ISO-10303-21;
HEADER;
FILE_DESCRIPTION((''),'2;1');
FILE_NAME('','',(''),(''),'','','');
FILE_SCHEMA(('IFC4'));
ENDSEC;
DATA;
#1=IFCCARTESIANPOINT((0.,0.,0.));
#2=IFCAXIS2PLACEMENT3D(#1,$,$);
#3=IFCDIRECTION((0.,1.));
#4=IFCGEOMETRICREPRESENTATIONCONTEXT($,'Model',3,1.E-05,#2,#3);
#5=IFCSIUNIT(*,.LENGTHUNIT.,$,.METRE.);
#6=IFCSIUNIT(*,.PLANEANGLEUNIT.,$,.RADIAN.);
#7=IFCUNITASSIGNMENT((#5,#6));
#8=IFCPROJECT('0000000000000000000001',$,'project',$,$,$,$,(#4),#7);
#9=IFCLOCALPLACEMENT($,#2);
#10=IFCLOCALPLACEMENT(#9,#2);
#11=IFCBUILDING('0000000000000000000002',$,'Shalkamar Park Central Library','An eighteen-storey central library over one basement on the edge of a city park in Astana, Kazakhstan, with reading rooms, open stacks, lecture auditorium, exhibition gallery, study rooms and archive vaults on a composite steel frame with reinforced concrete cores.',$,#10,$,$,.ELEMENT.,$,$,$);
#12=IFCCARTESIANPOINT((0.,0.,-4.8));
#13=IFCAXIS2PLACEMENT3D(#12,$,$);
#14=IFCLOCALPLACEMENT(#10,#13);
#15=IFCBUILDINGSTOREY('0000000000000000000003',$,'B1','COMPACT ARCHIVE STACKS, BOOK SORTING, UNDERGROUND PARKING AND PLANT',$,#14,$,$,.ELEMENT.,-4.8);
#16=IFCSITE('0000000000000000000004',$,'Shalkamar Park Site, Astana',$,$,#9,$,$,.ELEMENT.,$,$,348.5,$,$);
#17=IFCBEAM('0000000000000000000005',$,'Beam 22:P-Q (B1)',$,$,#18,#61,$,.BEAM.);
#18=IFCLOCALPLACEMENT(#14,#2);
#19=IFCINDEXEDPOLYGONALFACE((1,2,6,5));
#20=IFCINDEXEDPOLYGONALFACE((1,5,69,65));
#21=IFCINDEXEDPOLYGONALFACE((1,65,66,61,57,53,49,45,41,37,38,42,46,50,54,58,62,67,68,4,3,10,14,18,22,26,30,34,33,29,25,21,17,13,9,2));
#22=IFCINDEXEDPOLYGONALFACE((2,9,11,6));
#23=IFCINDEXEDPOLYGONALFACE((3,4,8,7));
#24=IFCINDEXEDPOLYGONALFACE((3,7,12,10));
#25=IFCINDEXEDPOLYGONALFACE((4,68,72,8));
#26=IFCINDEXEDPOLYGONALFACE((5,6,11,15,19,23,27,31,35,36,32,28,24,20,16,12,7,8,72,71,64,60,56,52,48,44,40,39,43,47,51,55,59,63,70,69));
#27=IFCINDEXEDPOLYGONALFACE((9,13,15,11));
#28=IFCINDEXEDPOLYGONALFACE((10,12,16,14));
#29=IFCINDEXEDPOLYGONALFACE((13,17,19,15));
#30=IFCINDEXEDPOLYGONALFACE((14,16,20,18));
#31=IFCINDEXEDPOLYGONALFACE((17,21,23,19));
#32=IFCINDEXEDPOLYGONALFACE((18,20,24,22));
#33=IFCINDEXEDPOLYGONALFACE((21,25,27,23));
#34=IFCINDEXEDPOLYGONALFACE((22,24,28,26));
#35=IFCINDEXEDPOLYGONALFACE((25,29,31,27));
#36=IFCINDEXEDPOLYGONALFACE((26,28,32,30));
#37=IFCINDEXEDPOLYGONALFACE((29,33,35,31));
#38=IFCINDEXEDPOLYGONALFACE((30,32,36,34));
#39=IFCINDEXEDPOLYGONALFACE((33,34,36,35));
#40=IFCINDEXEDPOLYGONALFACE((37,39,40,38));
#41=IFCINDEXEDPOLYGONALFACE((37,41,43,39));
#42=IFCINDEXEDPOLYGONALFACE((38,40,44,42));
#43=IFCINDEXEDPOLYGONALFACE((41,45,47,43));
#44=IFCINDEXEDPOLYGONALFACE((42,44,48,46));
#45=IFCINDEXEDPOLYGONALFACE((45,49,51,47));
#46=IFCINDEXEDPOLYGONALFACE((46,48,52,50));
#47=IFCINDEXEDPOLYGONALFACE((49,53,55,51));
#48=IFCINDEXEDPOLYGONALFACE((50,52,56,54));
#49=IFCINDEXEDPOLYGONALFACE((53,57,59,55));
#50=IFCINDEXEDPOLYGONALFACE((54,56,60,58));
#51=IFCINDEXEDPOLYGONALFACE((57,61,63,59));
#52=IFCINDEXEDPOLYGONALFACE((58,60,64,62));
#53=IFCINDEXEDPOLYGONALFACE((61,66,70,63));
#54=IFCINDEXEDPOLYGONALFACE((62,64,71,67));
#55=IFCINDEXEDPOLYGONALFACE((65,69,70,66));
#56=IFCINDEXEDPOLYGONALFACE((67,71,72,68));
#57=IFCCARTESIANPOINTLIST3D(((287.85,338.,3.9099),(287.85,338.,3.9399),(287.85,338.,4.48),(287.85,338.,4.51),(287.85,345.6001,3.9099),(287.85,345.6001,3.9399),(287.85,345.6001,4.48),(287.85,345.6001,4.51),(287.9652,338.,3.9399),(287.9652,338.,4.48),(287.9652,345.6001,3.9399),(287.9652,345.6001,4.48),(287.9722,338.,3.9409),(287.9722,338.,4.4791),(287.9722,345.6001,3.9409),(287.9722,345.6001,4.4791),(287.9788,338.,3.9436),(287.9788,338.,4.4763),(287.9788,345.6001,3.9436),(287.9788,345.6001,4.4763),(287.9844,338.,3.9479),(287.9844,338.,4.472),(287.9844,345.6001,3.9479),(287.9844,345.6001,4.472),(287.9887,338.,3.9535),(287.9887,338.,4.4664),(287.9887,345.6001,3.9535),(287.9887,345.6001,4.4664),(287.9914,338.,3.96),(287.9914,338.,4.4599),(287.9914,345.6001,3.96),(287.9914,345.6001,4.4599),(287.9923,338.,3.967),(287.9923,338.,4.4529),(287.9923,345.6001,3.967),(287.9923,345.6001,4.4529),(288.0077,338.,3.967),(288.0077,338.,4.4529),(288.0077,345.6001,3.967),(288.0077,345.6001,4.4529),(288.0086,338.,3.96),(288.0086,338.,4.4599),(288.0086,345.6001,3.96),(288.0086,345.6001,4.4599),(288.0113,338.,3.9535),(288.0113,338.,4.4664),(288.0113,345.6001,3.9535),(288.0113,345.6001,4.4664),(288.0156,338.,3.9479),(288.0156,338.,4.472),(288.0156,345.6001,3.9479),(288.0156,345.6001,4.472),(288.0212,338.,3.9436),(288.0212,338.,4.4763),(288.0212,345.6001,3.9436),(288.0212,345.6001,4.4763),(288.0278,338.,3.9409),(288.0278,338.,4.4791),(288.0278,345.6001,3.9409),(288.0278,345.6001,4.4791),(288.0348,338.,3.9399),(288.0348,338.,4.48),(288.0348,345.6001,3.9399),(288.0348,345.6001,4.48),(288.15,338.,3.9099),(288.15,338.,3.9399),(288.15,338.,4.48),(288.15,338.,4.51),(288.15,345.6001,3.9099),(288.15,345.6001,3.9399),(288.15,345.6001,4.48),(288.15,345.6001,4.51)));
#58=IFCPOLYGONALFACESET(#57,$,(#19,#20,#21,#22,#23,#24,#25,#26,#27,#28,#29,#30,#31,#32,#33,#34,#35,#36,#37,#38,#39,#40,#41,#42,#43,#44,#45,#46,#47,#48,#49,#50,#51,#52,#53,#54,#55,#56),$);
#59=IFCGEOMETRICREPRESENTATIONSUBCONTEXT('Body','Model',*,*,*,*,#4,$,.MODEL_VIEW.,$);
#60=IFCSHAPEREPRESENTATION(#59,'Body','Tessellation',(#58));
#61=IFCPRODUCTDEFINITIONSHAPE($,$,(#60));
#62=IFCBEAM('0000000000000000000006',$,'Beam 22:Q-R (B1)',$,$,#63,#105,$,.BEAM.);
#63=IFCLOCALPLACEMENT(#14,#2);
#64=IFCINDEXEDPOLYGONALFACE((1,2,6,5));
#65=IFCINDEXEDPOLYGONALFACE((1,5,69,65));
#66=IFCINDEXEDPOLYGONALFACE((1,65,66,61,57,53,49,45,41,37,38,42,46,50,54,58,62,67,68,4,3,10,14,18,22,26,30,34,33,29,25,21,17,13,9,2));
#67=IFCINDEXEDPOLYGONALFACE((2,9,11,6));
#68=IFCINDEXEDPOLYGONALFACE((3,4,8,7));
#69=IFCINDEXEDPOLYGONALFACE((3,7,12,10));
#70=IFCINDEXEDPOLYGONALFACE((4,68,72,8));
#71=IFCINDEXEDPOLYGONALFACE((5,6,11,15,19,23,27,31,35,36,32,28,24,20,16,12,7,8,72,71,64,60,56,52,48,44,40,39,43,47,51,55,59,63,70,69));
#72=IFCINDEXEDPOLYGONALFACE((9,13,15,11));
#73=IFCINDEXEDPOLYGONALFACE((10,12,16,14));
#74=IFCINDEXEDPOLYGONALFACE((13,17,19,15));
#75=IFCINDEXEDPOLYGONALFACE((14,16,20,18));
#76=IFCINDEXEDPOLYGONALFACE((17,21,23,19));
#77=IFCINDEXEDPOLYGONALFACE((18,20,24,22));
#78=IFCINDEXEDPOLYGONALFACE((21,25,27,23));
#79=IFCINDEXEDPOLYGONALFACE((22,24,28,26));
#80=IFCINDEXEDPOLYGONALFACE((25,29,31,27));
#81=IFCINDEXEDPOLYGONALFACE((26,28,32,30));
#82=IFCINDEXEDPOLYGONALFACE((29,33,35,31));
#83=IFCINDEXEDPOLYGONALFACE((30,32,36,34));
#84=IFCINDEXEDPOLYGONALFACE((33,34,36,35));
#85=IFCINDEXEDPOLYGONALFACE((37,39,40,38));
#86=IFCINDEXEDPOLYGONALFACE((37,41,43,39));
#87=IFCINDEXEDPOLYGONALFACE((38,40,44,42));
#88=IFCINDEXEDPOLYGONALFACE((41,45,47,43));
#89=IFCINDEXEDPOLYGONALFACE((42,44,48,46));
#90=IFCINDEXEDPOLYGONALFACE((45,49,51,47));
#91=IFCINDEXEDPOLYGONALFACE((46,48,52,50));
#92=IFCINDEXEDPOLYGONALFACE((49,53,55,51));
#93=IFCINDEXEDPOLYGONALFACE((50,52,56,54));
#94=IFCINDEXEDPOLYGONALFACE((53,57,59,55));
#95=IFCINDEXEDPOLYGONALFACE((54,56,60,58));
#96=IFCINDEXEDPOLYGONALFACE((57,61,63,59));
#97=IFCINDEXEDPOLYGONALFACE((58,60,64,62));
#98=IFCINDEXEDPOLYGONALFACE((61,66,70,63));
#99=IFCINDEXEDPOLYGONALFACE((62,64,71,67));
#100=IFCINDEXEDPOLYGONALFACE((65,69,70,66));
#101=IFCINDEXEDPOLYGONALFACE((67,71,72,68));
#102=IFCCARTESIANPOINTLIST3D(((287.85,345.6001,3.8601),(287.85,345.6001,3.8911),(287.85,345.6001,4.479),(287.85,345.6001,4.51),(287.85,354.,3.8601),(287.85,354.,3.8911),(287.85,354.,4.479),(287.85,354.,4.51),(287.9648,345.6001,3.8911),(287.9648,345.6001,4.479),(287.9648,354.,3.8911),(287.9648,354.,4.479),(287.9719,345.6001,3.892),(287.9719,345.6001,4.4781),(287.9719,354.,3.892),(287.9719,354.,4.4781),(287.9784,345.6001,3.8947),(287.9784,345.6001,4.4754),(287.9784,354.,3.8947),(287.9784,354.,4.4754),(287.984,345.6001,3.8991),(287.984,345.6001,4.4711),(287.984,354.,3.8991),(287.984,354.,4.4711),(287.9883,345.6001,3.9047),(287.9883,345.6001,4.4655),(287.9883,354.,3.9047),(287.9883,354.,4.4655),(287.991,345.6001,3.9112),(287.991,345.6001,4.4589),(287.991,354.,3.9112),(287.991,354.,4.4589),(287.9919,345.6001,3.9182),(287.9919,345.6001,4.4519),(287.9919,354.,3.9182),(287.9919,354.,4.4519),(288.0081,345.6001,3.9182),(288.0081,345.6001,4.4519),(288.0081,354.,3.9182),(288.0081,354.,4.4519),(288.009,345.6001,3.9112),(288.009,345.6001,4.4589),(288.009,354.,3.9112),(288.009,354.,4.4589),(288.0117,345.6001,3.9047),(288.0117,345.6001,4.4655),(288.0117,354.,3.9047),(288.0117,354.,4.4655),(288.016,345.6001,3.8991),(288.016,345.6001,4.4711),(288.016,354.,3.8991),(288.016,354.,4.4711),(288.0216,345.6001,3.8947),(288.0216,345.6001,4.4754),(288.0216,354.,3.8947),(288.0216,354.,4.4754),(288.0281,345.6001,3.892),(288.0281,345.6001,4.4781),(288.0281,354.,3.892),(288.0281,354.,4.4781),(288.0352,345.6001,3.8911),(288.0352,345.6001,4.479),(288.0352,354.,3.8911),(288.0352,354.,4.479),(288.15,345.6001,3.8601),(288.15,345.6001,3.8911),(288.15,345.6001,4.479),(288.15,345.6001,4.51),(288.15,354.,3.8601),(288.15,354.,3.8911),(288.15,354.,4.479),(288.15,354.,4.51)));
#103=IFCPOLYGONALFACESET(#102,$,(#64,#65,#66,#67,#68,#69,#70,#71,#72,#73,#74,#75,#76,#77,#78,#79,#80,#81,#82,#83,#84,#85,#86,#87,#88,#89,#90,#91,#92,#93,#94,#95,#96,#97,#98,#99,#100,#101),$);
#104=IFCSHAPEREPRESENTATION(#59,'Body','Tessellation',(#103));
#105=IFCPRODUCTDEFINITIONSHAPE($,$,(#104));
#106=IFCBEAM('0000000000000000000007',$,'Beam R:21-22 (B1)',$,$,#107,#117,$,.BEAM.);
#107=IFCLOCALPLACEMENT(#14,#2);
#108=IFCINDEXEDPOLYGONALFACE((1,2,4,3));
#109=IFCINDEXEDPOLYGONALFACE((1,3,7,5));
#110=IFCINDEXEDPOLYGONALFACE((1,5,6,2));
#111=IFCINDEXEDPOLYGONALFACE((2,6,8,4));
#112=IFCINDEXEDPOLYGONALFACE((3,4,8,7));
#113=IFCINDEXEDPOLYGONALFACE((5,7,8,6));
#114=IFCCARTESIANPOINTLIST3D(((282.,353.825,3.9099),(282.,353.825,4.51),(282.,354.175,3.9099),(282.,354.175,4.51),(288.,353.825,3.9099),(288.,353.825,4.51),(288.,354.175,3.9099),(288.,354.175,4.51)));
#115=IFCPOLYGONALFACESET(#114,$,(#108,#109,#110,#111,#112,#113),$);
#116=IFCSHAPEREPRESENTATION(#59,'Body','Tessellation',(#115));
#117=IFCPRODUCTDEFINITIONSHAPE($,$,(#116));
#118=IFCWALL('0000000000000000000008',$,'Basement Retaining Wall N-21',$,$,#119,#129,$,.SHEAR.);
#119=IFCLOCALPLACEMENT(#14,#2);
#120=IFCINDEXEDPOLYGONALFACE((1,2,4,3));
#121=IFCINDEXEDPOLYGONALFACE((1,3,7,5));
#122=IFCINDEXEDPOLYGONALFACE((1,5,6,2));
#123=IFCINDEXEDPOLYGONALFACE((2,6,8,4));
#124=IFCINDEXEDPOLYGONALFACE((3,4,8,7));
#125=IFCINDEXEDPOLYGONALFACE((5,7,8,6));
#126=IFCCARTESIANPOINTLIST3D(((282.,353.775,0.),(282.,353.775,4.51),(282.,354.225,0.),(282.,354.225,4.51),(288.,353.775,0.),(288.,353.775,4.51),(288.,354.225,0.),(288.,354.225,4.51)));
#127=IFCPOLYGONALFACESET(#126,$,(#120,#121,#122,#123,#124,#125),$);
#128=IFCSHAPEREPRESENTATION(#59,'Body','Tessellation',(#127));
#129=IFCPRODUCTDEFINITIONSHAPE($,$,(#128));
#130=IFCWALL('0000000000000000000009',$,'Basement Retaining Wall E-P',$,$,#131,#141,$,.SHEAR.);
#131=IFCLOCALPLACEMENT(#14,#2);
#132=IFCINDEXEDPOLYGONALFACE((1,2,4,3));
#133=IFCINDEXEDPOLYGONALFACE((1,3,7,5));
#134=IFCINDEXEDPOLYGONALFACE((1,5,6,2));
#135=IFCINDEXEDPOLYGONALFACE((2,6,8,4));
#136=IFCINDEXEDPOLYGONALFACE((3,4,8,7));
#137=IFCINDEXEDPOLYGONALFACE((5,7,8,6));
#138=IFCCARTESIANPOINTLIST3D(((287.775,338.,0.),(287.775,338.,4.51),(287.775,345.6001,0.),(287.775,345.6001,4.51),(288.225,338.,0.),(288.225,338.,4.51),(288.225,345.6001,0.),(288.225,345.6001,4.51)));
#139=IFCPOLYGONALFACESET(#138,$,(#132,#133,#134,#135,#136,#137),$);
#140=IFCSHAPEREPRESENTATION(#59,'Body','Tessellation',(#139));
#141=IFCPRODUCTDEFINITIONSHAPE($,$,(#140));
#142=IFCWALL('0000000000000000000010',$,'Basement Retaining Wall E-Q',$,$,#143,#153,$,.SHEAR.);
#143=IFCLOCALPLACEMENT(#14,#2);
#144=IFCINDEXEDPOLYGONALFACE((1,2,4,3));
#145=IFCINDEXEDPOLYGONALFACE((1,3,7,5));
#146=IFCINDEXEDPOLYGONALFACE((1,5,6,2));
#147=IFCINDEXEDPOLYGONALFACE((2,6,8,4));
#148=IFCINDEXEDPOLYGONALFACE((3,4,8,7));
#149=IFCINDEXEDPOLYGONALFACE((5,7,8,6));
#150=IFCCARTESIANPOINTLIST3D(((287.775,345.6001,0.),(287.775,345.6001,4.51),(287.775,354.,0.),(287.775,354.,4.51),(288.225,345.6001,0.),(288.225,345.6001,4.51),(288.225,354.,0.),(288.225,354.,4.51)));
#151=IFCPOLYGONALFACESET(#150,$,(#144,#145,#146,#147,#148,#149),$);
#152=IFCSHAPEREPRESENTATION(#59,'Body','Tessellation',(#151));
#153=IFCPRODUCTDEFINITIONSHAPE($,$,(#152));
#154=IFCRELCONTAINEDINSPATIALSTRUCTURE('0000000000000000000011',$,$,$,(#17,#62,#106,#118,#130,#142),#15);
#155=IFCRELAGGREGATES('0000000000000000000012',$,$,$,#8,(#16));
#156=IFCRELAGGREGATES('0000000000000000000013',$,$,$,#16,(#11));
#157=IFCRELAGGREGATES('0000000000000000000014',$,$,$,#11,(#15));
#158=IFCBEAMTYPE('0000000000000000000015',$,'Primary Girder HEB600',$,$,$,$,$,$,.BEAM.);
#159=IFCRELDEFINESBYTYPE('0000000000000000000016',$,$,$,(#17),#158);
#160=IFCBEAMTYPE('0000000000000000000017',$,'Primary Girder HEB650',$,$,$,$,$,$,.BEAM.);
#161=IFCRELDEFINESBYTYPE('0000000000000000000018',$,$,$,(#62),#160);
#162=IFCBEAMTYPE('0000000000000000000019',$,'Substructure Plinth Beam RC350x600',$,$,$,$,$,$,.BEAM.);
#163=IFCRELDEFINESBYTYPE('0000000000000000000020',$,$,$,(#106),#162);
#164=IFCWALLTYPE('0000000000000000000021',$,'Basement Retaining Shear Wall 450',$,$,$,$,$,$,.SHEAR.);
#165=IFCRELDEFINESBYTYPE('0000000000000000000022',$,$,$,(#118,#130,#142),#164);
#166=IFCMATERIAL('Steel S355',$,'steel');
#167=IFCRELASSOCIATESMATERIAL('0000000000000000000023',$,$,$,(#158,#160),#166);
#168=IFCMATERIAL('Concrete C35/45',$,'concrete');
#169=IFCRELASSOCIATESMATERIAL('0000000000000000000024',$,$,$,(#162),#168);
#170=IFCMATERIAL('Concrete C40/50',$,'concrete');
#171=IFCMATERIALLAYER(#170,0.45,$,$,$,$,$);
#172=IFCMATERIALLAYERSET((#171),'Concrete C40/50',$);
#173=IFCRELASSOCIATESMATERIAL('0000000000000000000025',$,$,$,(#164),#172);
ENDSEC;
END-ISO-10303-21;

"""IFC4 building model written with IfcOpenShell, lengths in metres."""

from ifc_helpers import new_model, si_unit, direction, frame, frame_2d, origin, origin_2d, place, context, subcontext, project, spatial, rectangle, i_section, extrude, material, layer, layer_set, material_profile, profile_set, type_object, element, save


model = new_model("IFC4")

# Units and contexts
model_context = context("Model", 3, precision=1e-05, world=origin(), true_north=direction((0.0, 1.0)))
body_context = subcontext(model_context, "Body", "Model", "MODEL_VIEW")
ifc_project = project(units=[si_unit("LENGTHUNIT", "METRE"), si_unit("PLANEANGLEUNIT", "RADIAN")], contexts=[model_context])

# Site, building, storey
site_placement = place(None, origin())
site = spatial("IfcSite", under=ifc_project, at=site_placement, Name="Shalkamar Park Site, Astana", CompositionType="ELEMENT", RefElevation=348.5)
building_placement = place(site_placement, origin())
building = spatial("IfcBuilding", under=site, at=building_placement, Name="Shalkamar Park Central Library", Description="An eighteen-storey central library over one basement on the edge of a city park in Astana, Kazakhstan, with reading rooms, open stacks, lecture auditorium, exhibition gallery, study rooms and archive vaults on a composite steel frame with reinforced concrete cores.", CompositionType="ELEMENT")
storey_placement = place(building_placement, frame((0.0, 0.0, -4.8)))
storey = spatial("IfcBuildingStorey", under=building, at=storey_placement, Name="B1", Description="COMPACT ARCHIVE STACKS, BOOK SORTING, UNDERGROUND PARKING AND PLANT", CompositionType="ELEMENT", Elevation=-4.8)

# Shared definitions
ifc_material_1 = material(Name="Concrete C35/45", Category="concrete")

# Shared definitions
ifc_material_2 = material(Name="Concrete C40/50", Category="concrete")

# Beams
ifc_material_3 = material(Name="Steel S355", Category="steel")
ifc_material_profile_1 = material_profile(ifc_material_3, i_section(OverallWidth=0.3, OverallDepth=0.6001, WebThickness=0.0154, FlangeThickness=0.03, FilletRadius=0.0271, at=origin_2d()), Name="HEB 600")
ifc_profile_set_1 = profile_set([ifc_material_profile_1], Name="Steel S355")
beam_type_1 = type_object("IfcBeamType", Name="Primary Girder HEB600", PredefinedType="BEAM", material=ifc_profile_set_1)
beam_1_placement = place(storey_placement, frame((288.0, 338.0, 4.21), z_axis=(0.0, 1.0, 0.0), x_axis=(-1.0, 0.0, 0.0)))
element("IfcBeam", 1, at=beam_1_placement, inside=storey, type_object=beam_type_1, Name="Beam 22:P-Q (B1)", PredefinedType="BEAM", context=body_context, shape_type="SweptSolid", body=[
    extrude(i_section(OverallWidth=0.3, OverallDepth=0.6001, WebThickness=0.0154, FlangeThickness=0.03, FilletRadius=0.0271, at=origin_2d()), origin(), (0.0, 0.0, 1.0), 7.6001),
])
ifc_material_profile_2 = material_profile(ifc_material_3, i_section(OverallWidth=0.3, OverallDepth=0.6499, WebThickness=0.0161, FlangeThickness=0.031, FilletRadius=0.0271, at=origin_2d()), Name="HEB 650")
ifc_profile_set_2 = profile_set([ifc_material_profile_2], Name="Steel S355")
beam_type_2 = type_object("IfcBeamType", Name="Primary Girder HEB650", PredefinedType="BEAM", material=ifc_profile_set_2)
beam_2_placement = place(storey_placement, frame((288.0, 345.6001, 4.1851), z_axis=(0.0, 1.0, 0.0), x_axis=(-1.0, 0.0, 0.0)))
element("IfcBeam", 2, at=beam_2_placement, inside=storey, type_object=beam_type_2, Name="Beam 22:Q-R (B1)", PredefinedType="BEAM", context=body_context, shape_type="SweptSolid", body=[
    extrude(i_section(OverallWidth=0.3, OverallDepth=0.6499, WebThickness=0.0161, FlangeThickness=0.031, FilletRadius=0.0271, at=origin_2d()), origin(), (0.0, 0.0, 1.0), 8.3999),
])
ifc_material_profile_3 = material_profile(ifc_material_1, rectangle(XDim=0.3501, YDim=0.6001, at=origin_2d()), Name="RC 350x600")
ifc_profile_set_3 = profile_set([ifc_material_profile_3], Name="Concrete C35/45")
beam_type_3 = type_object("IfcBeamType", Name="Substructure Plinth Beam RC350x600", PredefinedType="BEAM", material=ifc_profile_set_3)
beam_3_placement = place(storey_placement, frame((282.0, 354.0, 4.21), z_axis=(1.0, 0.0, 0.0), x_axis=(0.0, 1.0, 0.0)))
element("IfcBeam", 3, at=beam_3_placement, inside=storey, type_object=beam_type_3, Name="Beam R:21-22 (B1)", PredefinedType="BEAM", context=body_context, shape_type="SweptSolid", body=[
    extrude(rectangle(XDim=0.3501, YDim=0.6001, at=origin_2d()), origin(), (0.0, 0.0, 1.0), 6.0),
])

# Walls
ifc_layer = layer(ifc_material_2, 0.45)
ifc_layer_set = layer_set([ifc_layer], Name="Concrete C40/50")
wall_type = type_object("IfcWallType", Name="Basement Retaining Shear Wall 450", PredefinedType="SHEAR", material=ifc_layer_set)
wall_1_placement = place(storey_placement, frame((282.0, 354.0, 0.0), z_axis=(0.0, 0.0, 1.0), x_axis=(1.0, 0.0, 0.0)))
element("IfcWall", 4, at=wall_1_placement, inside=storey, type_object=wall_type, Name="Basement Retaining Wall N-21", PredefinedType="SHEAR", context=body_context, shape_type="SweptSolid", body=[
    extrude(rectangle(XDim=6.0, YDim=0.45, at=frame_2d((3.0, 0.0))), origin(), (0.0, 0.0, 1.0), 4.51),
])
wall_2_placement = place(storey_placement, frame((288.0, 338.0, 0.0), z_axis=(0.0, 0.0, 1.0), x_axis=(0.0, 1.0, 0.0)))
element("IfcWall", 5, at=wall_2_placement, inside=storey, type_object=wall_type, Name="Basement Retaining Wall E-P", PredefinedType="SHEAR", context=body_context, shape_type="SweptSolid", body=[
    extrude(rectangle(XDim=7.6001, YDim=0.45, at=frame_2d((3.8, 0.0))), origin(), (0.0, 0.0, 1.0), 4.51),
])
wall_3_placement = place(storey_placement, frame((288.0, 345.6001, 0.0), z_axis=(0.0, 0.0, 1.0), x_axis=(0.0, 1.0, 0.0)))
element("IfcWall", 6, at=wall_3_placement, inside=storey, type_object=wall_type, Name="Basement Retaining Wall E-Q", PredefinedType="SHEAR", context=body_context, shape_type="SweptSolid", body=[
    extrude(rectangle(XDim=8.3999, YDim=0.45, at=frame_2d((4.2, 0.0))), origin(), (0.0, 0.0, 1.0), 4.51),
])

save(model, "model.ifc")
